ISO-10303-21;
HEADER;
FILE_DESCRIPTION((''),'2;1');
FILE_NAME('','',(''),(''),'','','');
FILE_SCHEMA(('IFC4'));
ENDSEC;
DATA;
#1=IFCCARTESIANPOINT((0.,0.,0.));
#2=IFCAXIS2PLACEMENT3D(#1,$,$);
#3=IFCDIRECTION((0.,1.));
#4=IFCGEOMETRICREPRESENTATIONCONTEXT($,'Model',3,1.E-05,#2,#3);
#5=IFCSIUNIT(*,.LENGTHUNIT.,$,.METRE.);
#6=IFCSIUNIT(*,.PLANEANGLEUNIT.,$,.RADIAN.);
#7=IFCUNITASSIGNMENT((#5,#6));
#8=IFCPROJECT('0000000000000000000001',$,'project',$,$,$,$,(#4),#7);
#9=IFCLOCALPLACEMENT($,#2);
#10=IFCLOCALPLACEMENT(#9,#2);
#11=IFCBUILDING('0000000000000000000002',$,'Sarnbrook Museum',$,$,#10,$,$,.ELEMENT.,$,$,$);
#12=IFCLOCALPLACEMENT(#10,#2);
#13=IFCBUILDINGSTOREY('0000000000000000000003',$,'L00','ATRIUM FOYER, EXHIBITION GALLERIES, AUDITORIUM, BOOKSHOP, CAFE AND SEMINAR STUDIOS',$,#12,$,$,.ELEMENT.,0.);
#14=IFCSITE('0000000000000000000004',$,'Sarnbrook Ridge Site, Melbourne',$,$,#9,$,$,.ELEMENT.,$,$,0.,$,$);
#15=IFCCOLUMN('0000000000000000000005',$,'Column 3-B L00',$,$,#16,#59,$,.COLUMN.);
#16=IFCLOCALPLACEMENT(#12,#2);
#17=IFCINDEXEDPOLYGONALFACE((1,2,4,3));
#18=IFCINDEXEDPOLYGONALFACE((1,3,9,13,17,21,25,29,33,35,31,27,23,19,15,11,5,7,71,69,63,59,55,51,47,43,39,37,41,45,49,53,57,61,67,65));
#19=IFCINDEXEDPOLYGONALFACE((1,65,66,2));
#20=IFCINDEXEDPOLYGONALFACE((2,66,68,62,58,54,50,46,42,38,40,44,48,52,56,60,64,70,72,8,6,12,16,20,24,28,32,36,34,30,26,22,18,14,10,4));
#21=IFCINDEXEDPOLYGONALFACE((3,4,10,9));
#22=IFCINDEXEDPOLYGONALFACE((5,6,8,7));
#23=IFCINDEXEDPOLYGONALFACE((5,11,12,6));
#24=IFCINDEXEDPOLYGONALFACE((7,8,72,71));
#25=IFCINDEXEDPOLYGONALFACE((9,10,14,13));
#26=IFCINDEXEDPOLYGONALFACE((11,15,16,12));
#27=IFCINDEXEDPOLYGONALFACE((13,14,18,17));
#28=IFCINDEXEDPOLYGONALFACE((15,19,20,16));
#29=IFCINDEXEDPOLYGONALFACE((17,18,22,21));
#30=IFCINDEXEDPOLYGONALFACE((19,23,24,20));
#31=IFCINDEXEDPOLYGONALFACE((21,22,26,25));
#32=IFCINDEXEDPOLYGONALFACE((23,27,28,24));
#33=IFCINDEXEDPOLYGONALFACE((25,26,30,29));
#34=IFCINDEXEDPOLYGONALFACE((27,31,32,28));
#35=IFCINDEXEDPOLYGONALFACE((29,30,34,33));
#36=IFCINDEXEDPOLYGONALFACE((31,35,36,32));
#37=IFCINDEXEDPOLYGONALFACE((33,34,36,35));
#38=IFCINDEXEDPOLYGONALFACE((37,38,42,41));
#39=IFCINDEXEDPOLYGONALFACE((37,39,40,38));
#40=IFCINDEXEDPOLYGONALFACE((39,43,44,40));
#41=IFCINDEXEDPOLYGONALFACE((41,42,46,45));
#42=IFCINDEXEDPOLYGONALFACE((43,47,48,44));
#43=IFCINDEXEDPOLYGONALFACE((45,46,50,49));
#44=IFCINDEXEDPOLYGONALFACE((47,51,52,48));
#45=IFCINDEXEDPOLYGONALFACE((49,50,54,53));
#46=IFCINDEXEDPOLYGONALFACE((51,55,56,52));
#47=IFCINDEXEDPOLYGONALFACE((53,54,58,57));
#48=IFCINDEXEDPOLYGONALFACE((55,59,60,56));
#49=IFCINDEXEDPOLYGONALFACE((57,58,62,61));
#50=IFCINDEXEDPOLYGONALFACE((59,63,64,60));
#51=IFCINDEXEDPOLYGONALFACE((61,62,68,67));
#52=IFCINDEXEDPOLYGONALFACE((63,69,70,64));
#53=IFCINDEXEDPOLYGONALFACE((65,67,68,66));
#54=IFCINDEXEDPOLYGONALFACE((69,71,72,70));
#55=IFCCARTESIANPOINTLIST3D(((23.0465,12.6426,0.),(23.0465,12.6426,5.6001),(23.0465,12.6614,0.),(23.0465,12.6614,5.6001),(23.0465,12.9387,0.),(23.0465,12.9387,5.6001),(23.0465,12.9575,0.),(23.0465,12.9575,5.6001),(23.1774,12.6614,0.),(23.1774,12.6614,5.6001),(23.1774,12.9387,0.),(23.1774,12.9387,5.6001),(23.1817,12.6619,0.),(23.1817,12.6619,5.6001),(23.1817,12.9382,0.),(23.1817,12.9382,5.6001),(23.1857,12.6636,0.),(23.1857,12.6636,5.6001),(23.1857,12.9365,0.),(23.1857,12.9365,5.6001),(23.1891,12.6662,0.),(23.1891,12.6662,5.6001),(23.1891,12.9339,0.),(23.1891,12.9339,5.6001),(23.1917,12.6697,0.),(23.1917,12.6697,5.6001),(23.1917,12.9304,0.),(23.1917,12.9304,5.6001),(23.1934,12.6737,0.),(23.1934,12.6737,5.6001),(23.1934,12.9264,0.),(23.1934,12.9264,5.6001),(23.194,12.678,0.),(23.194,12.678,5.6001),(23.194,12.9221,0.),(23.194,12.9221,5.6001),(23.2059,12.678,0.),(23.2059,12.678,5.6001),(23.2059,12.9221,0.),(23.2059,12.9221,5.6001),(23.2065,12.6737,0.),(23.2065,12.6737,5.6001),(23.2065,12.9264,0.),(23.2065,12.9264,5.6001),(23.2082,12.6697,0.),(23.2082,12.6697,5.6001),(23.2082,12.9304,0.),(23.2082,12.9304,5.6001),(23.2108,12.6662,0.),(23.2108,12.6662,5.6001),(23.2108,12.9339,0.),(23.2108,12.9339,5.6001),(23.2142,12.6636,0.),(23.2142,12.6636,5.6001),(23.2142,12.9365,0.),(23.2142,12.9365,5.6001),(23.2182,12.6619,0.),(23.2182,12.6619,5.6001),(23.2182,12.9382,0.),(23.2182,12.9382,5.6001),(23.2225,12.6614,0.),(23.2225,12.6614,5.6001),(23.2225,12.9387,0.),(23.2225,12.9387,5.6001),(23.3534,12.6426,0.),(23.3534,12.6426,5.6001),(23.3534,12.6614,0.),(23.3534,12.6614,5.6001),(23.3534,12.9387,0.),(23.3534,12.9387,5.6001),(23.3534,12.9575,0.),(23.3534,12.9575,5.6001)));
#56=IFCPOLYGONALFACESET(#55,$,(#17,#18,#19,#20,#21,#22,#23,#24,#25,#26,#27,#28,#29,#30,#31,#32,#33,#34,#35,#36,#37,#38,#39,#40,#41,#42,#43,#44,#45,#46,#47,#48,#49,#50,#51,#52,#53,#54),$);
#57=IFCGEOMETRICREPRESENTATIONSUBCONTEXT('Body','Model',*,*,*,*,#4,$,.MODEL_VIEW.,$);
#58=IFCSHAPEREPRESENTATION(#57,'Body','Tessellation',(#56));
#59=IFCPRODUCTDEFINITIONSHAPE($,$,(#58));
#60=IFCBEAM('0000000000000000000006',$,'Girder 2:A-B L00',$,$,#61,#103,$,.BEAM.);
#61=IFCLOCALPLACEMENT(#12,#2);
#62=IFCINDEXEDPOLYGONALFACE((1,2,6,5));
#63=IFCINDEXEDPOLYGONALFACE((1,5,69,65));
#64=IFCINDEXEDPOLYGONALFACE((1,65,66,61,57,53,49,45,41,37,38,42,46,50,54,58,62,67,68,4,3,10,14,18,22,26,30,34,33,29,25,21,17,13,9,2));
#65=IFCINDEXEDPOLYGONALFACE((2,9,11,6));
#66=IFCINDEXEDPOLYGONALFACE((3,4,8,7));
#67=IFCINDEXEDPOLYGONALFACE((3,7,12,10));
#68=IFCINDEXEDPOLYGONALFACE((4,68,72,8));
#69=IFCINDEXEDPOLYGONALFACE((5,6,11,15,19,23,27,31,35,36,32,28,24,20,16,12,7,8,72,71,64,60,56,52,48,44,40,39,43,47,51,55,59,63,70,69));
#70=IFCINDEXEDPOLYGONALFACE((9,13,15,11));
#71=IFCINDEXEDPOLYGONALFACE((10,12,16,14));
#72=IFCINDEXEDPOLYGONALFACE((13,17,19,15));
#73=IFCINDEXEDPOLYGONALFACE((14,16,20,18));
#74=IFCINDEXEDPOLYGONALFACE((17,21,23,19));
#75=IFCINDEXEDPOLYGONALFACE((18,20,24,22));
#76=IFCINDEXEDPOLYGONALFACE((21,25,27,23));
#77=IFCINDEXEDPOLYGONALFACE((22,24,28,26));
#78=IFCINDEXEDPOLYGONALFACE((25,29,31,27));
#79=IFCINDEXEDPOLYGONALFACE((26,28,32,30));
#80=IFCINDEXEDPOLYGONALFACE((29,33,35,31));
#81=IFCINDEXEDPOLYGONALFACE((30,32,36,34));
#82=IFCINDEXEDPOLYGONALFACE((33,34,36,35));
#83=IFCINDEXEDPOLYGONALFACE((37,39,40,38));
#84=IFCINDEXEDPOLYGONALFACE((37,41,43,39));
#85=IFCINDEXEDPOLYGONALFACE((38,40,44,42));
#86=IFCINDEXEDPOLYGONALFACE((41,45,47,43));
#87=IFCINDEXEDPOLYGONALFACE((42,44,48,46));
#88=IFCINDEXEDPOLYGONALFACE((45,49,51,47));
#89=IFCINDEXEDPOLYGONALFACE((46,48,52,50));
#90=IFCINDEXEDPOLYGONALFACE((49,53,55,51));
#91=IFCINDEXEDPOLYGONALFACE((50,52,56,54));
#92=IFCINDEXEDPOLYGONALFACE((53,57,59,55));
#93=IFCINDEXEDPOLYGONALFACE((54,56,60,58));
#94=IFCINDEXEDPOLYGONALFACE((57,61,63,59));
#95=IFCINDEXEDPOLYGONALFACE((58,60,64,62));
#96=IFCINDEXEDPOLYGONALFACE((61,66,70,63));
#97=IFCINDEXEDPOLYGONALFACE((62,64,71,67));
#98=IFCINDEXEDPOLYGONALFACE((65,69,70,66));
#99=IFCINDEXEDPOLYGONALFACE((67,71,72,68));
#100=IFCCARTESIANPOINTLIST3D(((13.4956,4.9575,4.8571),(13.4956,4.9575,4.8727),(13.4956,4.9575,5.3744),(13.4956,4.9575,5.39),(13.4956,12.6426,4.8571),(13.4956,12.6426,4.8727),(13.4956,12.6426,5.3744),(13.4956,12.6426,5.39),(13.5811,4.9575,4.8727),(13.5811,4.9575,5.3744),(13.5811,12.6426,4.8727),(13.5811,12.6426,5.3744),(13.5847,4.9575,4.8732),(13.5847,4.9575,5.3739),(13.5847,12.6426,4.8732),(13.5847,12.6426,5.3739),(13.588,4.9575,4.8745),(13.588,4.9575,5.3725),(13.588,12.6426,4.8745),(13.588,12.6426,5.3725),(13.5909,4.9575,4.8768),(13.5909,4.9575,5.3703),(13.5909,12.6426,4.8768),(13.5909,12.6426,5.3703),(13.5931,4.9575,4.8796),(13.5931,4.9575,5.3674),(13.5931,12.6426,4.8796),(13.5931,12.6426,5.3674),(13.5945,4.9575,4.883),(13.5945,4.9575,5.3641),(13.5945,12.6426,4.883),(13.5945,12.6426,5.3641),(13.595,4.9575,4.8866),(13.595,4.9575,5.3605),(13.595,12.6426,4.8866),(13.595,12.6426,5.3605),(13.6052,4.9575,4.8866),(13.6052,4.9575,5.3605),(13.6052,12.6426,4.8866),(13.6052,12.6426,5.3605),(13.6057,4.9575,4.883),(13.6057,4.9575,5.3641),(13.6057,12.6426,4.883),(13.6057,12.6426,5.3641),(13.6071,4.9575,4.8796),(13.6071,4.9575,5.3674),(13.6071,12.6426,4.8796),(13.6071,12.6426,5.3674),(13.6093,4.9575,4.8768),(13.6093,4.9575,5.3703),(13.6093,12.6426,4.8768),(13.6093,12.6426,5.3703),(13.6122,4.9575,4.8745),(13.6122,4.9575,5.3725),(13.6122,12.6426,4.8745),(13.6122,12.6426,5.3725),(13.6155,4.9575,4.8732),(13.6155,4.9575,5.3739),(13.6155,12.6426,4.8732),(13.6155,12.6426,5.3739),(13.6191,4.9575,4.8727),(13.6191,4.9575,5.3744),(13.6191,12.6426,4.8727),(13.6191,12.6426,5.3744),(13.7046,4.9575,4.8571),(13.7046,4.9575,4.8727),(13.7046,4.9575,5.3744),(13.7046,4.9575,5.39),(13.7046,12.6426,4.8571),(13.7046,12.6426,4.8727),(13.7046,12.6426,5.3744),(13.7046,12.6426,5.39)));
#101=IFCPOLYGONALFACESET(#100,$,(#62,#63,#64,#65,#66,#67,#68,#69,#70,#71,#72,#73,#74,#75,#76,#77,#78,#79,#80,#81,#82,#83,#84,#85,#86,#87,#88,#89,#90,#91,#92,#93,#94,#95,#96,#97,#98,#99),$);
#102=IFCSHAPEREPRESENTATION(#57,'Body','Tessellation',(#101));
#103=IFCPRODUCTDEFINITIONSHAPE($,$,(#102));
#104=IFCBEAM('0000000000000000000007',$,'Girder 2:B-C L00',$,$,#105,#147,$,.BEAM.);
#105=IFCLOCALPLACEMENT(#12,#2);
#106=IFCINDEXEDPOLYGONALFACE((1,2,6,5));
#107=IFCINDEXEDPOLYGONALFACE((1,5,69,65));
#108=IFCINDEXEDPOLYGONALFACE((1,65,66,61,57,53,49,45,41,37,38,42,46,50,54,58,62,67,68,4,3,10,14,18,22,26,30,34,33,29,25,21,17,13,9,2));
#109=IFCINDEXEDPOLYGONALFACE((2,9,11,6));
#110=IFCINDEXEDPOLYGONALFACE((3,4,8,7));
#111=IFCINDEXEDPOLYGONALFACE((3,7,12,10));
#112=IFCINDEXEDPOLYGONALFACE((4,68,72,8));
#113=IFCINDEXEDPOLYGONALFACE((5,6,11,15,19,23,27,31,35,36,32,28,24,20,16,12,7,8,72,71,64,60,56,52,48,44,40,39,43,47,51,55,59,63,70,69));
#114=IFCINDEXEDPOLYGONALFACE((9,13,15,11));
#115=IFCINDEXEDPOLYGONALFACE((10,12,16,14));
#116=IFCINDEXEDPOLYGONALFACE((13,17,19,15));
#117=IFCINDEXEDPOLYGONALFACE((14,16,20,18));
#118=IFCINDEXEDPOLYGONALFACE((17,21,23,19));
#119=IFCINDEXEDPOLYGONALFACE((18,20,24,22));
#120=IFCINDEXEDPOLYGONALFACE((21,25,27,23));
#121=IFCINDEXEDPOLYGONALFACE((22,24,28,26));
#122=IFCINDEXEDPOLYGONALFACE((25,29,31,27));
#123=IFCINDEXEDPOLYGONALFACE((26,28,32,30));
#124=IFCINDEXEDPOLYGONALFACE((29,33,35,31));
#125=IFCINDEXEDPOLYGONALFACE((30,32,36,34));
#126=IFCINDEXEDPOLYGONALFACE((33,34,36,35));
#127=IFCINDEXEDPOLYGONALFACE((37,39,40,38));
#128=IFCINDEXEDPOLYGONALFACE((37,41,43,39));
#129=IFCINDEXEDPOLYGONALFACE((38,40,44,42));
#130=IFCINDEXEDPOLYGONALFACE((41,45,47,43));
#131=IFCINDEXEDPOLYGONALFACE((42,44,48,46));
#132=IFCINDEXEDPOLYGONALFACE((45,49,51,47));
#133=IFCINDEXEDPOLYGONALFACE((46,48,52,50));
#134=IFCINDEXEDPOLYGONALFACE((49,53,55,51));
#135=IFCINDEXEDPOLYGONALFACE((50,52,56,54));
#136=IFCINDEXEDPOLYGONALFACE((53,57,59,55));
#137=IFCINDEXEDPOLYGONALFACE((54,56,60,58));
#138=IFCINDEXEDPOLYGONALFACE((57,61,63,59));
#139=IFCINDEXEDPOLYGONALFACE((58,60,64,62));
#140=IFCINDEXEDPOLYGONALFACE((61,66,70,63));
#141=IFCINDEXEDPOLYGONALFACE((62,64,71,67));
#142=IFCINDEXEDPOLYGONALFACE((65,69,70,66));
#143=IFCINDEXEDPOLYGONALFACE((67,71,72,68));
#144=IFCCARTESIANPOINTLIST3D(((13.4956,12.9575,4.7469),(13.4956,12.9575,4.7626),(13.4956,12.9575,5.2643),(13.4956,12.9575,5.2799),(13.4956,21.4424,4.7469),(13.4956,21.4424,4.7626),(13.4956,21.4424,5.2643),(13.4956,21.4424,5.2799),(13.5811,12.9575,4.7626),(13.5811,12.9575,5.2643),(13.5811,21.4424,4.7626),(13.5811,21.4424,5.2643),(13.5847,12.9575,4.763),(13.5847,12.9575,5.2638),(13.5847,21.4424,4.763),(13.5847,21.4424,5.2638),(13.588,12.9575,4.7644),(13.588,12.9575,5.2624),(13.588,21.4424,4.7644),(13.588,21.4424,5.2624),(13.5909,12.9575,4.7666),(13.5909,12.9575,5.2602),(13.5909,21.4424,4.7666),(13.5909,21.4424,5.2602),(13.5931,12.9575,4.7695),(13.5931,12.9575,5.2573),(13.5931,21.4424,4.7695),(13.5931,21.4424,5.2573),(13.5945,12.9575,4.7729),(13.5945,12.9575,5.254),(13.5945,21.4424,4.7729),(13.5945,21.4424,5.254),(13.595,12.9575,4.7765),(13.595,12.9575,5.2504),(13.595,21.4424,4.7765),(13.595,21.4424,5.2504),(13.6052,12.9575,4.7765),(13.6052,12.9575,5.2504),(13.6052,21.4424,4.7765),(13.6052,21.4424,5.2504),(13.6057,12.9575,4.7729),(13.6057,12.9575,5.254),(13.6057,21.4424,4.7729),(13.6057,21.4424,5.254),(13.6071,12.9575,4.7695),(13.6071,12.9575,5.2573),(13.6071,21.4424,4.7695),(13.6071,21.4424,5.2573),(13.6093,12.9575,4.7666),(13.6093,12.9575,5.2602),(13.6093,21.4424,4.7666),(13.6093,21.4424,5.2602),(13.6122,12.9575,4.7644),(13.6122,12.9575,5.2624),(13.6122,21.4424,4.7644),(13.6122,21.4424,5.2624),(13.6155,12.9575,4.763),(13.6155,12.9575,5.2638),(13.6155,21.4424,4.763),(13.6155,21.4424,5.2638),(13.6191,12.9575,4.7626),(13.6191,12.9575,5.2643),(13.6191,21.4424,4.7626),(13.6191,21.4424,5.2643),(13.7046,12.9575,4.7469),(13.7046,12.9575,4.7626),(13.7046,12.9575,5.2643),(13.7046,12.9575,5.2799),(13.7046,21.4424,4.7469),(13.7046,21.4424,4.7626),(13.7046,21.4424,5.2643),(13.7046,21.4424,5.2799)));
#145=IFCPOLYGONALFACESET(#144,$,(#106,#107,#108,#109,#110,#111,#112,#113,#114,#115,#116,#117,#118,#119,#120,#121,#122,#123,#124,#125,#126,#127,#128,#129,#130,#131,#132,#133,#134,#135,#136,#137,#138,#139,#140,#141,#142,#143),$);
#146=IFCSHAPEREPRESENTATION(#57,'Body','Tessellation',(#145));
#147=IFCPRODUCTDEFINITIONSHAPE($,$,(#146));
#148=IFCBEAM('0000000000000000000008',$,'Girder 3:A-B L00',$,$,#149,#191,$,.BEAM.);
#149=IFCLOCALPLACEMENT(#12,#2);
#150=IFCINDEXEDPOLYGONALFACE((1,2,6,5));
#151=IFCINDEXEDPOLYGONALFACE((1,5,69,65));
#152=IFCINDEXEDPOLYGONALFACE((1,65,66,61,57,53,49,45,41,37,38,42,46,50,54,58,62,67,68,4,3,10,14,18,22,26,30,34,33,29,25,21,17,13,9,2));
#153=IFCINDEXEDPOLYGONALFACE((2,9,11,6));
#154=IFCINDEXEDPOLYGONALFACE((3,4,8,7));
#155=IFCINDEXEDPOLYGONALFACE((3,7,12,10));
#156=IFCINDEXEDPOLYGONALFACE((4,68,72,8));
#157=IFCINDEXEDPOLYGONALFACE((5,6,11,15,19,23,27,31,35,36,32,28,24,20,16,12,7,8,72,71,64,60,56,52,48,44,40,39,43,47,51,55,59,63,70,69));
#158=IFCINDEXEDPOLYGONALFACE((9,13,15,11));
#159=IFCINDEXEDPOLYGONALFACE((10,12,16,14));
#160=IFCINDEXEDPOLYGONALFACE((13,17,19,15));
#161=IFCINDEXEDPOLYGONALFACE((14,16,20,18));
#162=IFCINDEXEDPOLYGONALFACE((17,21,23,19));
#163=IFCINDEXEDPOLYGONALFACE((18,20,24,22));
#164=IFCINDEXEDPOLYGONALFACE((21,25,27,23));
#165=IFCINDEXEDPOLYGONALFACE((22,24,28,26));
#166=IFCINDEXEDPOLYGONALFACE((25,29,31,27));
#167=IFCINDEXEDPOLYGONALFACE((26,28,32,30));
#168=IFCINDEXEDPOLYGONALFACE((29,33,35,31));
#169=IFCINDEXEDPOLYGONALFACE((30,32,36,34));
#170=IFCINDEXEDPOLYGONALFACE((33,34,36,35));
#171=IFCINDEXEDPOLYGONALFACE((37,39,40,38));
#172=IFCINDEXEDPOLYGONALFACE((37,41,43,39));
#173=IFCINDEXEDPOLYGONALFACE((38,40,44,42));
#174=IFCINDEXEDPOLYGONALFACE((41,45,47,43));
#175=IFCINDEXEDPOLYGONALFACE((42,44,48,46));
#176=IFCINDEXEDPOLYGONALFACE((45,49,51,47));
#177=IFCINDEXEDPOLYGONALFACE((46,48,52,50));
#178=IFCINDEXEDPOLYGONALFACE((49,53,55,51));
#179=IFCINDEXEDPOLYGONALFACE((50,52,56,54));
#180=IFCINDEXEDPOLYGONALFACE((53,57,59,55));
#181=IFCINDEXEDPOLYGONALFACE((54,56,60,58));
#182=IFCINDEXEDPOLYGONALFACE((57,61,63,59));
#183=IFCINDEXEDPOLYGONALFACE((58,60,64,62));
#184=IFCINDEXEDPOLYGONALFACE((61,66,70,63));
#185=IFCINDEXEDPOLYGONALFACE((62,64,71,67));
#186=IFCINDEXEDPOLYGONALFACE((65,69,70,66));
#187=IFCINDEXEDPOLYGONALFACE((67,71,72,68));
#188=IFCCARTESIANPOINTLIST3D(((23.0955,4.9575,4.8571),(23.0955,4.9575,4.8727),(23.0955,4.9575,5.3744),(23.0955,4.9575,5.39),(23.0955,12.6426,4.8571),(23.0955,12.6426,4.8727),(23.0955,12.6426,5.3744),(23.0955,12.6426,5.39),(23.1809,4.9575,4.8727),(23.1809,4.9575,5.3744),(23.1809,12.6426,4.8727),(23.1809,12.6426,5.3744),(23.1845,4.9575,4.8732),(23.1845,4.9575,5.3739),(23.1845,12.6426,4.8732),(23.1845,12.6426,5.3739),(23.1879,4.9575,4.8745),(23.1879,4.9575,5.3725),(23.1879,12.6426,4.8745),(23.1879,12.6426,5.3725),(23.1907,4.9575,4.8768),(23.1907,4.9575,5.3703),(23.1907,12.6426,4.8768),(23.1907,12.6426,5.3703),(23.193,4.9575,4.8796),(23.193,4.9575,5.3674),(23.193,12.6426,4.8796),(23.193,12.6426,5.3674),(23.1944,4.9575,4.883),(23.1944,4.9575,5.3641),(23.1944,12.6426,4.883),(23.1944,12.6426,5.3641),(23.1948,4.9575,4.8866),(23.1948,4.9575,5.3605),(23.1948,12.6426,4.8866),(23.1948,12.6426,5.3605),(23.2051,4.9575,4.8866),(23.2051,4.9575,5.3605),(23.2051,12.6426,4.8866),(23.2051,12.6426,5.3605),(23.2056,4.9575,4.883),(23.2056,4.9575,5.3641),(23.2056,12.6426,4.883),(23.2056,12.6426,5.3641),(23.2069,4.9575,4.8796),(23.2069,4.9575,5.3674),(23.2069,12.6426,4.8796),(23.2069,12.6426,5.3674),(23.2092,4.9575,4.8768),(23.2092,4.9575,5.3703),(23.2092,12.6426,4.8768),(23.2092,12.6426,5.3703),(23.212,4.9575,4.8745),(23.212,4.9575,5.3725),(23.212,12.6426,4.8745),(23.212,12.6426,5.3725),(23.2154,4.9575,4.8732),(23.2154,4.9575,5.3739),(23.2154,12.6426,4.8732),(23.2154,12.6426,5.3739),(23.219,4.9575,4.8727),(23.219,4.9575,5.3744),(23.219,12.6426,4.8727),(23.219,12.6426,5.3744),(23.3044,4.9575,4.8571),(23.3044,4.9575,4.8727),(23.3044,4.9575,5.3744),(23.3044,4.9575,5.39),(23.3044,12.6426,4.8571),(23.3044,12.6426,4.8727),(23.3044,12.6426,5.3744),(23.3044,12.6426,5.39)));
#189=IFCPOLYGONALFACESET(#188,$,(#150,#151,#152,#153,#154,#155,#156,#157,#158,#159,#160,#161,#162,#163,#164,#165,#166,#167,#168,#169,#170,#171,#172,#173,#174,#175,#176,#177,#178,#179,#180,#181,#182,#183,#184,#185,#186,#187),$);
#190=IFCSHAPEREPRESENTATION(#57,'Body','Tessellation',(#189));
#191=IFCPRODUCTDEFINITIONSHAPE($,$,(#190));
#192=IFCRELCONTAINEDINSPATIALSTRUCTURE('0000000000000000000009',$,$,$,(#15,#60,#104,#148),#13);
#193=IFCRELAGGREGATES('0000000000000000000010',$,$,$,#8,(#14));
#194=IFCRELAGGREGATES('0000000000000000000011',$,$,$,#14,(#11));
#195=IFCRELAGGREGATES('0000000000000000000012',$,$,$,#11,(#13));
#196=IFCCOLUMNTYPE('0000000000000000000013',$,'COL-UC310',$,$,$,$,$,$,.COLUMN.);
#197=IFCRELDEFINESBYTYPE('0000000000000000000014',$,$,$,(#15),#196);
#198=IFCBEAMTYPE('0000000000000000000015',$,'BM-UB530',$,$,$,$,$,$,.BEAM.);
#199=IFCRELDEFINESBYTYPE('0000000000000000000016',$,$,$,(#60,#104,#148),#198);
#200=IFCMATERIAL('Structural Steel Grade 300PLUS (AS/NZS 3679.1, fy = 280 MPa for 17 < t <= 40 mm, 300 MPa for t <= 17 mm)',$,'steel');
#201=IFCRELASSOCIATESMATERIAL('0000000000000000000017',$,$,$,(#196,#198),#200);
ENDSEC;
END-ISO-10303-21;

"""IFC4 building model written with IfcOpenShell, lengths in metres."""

from ifc_helpers import new_model, si_unit, direction, frame, origin, origin_2d, place, context, subcontext, project, spatial, i_section, extrude, material, material_profile, profile_set, type_object, element, save


model = new_model("IFC4")

# Units and contexts
model_context = context("Model", 3, precision=1e-05, world=origin(), true_north=direction((0.0, 1.0)))
body_context = subcontext(model_context, "Body", "Model", "MODEL_VIEW")
ifc_project = project(units=[si_unit("LENGTHUNIT", "METRE"), si_unit("PLANEANGLEUNIT", "RADIAN")], contexts=[model_context])

# Site, building, storey
site_placement = place(None, origin())
site = spatial("IfcSite", under=ifc_project, at=site_placement, Name="Sarnbrook Ridge Site, Melbourne", CompositionType="ELEMENT", RefElevation=0.0)
building_placement = place(site_placement, origin())
building = spatial("IfcBuilding", under=site, at=building_placement, Name="Sarnbrook Museum", CompositionType="ELEMENT")
storey_placement = place(building_placement, origin())
storey = spatial("IfcBuildingStorey", under=building, at=storey_placement, Name="L00", Description="ATRIUM FOYER, EXHIBITION GALLERIES, AUDITORIUM, BOOKSHOP, CAFE AND SEMINAR STUDIOS", CompositionType="ELEMENT", Elevation=0.0)

# Column
ifc_material_1 = material(Name="Structural Steel Grade 300PLUS (AS/NZS 3679.1, fy = 280 MPa for 17 < t <= 40 mm, 300 MPa for t <= 17 mm)", Category="steel")
ifc_material_profile_1 = material_profile(ifc_material_1, i_section(OverallWidth=0.3069, OverallDepth=0.3149, WebThickness=0.012, FlangeThickness=0.0188, FilletRadius=0.0166, at=origin_2d()), Name="310UC118")
ifc_profile_set_1 = profile_set([ifc_material_profile_1], Name="Structural Steel Grade 300PLUS (AS/NZS 3679.1, fy = 280 MPa for 17 < t <= 40 mm, 300 MPa for t <= 17 mm)")
column_type = type_object("IfcColumnType", Name="COL-UC310", PredefinedType="COLUMN", material=ifc_profile_set_1)
for number, where, z_axis, x_axis, name in (
    (1, (23.2, 12.8, 0.0), (0.0, 0.0, 1.0), (1.0, 0.0, 0.0), "Column 3-B L00"),
):
    element("IfcColumn", number, at=place(storey_placement, frame(where, z_axis=z_axis, x_axis=x_axis)), inside=storey, type_object=column_type, Name=name, PredefinedType="COLUMN", context=body_context, shape_type="SweptSolid", body=[
        extrude(i_section(OverallWidth=0.3069, OverallDepth=0.3149, WebThickness=0.012, FlangeThickness=0.0188, FilletRadius=0.0166, at=origin_2d()), origin(), (0.0, 0.0, 1.0), 5.6001),
    ])

# Beams
ifc_material_profile_2 = material_profile(ifc_material_1, i_section(OverallWidth=0.209, OverallDepth=0.533, WebThickness=0.0103, FlangeThickness=0.0156, FilletRadius=0.0139, at=origin_2d()), Name="530UB92.4")
ifc_profile_set_2 = profile_set([ifc_material_profile_2], Name="Structural Steel Grade 300PLUS (AS/NZS 3679.1, fy = 280 MPa for 17 < t <= 40 mm, 300 MPa for t <= 17 mm)")
beam_type_1 = type_object("IfcBeamType", Name="BM-UB530", PredefinedType="BEAM", material=ifc_profile_set_2)
beam_1_placement = place(storey_placement, frame((13.6001, 4.9575, 5.1235), z_axis=(0.0, 1.0, 0.0), x_axis=(-1.0, 0.0, 0.0)))
element("IfcBeam", 2, at=beam_1_placement, inside=storey, type_object=beam_type_1, Name="Girder 2:A-B L00", PredefinedType="BEAM", context=body_context, shape_type="SweptSolid", body=[
    extrude(i_section(OverallWidth=0.209, OverallDepth=0.533, WebThickness=0.0103, FlangeThickness=0.0156, FilletRadius=0.0139, at=origin_2d()), origin(), (0.0, 0.0, 1.0), 7.6851),
])
beam_2_placement = place(storey_placement, frame((13.6001, 12.9575, 5.0134), z_axis=(0.0, 1.0, 0.0), x_axis=(-1.0, 0.0, 0.0)))
element("IfcBeam", 3, at=beam_2_placement, inside=storey, type_object=beam_type_1, Name="Girder 2:B-C L00", PredefinedType="BEAM", context=body_context, shape_type="SweptSolid", body=[
    extrude(i_section(OverallWidth=0.209, OverallDepth=0.533, WebThickness=0.0103, FlangeThickness=0.0156, FilletRadius=0.0139, at=origin_2d()), origin(), (0.0, 0.0, 1.0), 8.4849),
])
beam_3_placement = place(storey_placement, frame((23.2, 4.9575, 5.1235), z_axis=(0.0, 1.0, 0.0), x_axis=(-1.0, 0.0, 0.0)))
element("IfcBeam", 4, at=beam_3_placement, inside=storey, type_object=beam_type_1, Name="Girder 3:A-B L00", PredefinedType="BEAM", context=body_context, shape_type="SweptSolid", body=[
    extrude(i_section(OverallWidth=0.209, OverallDepth=0.533, WebThickness=0.0103, FlangeThickness=0.0156, FilletRadius=0.0139, at=origin_2d()), origin(), (0.0, 0.0, 1.0), 7.6851),
])

save(model, "model.ifc")
